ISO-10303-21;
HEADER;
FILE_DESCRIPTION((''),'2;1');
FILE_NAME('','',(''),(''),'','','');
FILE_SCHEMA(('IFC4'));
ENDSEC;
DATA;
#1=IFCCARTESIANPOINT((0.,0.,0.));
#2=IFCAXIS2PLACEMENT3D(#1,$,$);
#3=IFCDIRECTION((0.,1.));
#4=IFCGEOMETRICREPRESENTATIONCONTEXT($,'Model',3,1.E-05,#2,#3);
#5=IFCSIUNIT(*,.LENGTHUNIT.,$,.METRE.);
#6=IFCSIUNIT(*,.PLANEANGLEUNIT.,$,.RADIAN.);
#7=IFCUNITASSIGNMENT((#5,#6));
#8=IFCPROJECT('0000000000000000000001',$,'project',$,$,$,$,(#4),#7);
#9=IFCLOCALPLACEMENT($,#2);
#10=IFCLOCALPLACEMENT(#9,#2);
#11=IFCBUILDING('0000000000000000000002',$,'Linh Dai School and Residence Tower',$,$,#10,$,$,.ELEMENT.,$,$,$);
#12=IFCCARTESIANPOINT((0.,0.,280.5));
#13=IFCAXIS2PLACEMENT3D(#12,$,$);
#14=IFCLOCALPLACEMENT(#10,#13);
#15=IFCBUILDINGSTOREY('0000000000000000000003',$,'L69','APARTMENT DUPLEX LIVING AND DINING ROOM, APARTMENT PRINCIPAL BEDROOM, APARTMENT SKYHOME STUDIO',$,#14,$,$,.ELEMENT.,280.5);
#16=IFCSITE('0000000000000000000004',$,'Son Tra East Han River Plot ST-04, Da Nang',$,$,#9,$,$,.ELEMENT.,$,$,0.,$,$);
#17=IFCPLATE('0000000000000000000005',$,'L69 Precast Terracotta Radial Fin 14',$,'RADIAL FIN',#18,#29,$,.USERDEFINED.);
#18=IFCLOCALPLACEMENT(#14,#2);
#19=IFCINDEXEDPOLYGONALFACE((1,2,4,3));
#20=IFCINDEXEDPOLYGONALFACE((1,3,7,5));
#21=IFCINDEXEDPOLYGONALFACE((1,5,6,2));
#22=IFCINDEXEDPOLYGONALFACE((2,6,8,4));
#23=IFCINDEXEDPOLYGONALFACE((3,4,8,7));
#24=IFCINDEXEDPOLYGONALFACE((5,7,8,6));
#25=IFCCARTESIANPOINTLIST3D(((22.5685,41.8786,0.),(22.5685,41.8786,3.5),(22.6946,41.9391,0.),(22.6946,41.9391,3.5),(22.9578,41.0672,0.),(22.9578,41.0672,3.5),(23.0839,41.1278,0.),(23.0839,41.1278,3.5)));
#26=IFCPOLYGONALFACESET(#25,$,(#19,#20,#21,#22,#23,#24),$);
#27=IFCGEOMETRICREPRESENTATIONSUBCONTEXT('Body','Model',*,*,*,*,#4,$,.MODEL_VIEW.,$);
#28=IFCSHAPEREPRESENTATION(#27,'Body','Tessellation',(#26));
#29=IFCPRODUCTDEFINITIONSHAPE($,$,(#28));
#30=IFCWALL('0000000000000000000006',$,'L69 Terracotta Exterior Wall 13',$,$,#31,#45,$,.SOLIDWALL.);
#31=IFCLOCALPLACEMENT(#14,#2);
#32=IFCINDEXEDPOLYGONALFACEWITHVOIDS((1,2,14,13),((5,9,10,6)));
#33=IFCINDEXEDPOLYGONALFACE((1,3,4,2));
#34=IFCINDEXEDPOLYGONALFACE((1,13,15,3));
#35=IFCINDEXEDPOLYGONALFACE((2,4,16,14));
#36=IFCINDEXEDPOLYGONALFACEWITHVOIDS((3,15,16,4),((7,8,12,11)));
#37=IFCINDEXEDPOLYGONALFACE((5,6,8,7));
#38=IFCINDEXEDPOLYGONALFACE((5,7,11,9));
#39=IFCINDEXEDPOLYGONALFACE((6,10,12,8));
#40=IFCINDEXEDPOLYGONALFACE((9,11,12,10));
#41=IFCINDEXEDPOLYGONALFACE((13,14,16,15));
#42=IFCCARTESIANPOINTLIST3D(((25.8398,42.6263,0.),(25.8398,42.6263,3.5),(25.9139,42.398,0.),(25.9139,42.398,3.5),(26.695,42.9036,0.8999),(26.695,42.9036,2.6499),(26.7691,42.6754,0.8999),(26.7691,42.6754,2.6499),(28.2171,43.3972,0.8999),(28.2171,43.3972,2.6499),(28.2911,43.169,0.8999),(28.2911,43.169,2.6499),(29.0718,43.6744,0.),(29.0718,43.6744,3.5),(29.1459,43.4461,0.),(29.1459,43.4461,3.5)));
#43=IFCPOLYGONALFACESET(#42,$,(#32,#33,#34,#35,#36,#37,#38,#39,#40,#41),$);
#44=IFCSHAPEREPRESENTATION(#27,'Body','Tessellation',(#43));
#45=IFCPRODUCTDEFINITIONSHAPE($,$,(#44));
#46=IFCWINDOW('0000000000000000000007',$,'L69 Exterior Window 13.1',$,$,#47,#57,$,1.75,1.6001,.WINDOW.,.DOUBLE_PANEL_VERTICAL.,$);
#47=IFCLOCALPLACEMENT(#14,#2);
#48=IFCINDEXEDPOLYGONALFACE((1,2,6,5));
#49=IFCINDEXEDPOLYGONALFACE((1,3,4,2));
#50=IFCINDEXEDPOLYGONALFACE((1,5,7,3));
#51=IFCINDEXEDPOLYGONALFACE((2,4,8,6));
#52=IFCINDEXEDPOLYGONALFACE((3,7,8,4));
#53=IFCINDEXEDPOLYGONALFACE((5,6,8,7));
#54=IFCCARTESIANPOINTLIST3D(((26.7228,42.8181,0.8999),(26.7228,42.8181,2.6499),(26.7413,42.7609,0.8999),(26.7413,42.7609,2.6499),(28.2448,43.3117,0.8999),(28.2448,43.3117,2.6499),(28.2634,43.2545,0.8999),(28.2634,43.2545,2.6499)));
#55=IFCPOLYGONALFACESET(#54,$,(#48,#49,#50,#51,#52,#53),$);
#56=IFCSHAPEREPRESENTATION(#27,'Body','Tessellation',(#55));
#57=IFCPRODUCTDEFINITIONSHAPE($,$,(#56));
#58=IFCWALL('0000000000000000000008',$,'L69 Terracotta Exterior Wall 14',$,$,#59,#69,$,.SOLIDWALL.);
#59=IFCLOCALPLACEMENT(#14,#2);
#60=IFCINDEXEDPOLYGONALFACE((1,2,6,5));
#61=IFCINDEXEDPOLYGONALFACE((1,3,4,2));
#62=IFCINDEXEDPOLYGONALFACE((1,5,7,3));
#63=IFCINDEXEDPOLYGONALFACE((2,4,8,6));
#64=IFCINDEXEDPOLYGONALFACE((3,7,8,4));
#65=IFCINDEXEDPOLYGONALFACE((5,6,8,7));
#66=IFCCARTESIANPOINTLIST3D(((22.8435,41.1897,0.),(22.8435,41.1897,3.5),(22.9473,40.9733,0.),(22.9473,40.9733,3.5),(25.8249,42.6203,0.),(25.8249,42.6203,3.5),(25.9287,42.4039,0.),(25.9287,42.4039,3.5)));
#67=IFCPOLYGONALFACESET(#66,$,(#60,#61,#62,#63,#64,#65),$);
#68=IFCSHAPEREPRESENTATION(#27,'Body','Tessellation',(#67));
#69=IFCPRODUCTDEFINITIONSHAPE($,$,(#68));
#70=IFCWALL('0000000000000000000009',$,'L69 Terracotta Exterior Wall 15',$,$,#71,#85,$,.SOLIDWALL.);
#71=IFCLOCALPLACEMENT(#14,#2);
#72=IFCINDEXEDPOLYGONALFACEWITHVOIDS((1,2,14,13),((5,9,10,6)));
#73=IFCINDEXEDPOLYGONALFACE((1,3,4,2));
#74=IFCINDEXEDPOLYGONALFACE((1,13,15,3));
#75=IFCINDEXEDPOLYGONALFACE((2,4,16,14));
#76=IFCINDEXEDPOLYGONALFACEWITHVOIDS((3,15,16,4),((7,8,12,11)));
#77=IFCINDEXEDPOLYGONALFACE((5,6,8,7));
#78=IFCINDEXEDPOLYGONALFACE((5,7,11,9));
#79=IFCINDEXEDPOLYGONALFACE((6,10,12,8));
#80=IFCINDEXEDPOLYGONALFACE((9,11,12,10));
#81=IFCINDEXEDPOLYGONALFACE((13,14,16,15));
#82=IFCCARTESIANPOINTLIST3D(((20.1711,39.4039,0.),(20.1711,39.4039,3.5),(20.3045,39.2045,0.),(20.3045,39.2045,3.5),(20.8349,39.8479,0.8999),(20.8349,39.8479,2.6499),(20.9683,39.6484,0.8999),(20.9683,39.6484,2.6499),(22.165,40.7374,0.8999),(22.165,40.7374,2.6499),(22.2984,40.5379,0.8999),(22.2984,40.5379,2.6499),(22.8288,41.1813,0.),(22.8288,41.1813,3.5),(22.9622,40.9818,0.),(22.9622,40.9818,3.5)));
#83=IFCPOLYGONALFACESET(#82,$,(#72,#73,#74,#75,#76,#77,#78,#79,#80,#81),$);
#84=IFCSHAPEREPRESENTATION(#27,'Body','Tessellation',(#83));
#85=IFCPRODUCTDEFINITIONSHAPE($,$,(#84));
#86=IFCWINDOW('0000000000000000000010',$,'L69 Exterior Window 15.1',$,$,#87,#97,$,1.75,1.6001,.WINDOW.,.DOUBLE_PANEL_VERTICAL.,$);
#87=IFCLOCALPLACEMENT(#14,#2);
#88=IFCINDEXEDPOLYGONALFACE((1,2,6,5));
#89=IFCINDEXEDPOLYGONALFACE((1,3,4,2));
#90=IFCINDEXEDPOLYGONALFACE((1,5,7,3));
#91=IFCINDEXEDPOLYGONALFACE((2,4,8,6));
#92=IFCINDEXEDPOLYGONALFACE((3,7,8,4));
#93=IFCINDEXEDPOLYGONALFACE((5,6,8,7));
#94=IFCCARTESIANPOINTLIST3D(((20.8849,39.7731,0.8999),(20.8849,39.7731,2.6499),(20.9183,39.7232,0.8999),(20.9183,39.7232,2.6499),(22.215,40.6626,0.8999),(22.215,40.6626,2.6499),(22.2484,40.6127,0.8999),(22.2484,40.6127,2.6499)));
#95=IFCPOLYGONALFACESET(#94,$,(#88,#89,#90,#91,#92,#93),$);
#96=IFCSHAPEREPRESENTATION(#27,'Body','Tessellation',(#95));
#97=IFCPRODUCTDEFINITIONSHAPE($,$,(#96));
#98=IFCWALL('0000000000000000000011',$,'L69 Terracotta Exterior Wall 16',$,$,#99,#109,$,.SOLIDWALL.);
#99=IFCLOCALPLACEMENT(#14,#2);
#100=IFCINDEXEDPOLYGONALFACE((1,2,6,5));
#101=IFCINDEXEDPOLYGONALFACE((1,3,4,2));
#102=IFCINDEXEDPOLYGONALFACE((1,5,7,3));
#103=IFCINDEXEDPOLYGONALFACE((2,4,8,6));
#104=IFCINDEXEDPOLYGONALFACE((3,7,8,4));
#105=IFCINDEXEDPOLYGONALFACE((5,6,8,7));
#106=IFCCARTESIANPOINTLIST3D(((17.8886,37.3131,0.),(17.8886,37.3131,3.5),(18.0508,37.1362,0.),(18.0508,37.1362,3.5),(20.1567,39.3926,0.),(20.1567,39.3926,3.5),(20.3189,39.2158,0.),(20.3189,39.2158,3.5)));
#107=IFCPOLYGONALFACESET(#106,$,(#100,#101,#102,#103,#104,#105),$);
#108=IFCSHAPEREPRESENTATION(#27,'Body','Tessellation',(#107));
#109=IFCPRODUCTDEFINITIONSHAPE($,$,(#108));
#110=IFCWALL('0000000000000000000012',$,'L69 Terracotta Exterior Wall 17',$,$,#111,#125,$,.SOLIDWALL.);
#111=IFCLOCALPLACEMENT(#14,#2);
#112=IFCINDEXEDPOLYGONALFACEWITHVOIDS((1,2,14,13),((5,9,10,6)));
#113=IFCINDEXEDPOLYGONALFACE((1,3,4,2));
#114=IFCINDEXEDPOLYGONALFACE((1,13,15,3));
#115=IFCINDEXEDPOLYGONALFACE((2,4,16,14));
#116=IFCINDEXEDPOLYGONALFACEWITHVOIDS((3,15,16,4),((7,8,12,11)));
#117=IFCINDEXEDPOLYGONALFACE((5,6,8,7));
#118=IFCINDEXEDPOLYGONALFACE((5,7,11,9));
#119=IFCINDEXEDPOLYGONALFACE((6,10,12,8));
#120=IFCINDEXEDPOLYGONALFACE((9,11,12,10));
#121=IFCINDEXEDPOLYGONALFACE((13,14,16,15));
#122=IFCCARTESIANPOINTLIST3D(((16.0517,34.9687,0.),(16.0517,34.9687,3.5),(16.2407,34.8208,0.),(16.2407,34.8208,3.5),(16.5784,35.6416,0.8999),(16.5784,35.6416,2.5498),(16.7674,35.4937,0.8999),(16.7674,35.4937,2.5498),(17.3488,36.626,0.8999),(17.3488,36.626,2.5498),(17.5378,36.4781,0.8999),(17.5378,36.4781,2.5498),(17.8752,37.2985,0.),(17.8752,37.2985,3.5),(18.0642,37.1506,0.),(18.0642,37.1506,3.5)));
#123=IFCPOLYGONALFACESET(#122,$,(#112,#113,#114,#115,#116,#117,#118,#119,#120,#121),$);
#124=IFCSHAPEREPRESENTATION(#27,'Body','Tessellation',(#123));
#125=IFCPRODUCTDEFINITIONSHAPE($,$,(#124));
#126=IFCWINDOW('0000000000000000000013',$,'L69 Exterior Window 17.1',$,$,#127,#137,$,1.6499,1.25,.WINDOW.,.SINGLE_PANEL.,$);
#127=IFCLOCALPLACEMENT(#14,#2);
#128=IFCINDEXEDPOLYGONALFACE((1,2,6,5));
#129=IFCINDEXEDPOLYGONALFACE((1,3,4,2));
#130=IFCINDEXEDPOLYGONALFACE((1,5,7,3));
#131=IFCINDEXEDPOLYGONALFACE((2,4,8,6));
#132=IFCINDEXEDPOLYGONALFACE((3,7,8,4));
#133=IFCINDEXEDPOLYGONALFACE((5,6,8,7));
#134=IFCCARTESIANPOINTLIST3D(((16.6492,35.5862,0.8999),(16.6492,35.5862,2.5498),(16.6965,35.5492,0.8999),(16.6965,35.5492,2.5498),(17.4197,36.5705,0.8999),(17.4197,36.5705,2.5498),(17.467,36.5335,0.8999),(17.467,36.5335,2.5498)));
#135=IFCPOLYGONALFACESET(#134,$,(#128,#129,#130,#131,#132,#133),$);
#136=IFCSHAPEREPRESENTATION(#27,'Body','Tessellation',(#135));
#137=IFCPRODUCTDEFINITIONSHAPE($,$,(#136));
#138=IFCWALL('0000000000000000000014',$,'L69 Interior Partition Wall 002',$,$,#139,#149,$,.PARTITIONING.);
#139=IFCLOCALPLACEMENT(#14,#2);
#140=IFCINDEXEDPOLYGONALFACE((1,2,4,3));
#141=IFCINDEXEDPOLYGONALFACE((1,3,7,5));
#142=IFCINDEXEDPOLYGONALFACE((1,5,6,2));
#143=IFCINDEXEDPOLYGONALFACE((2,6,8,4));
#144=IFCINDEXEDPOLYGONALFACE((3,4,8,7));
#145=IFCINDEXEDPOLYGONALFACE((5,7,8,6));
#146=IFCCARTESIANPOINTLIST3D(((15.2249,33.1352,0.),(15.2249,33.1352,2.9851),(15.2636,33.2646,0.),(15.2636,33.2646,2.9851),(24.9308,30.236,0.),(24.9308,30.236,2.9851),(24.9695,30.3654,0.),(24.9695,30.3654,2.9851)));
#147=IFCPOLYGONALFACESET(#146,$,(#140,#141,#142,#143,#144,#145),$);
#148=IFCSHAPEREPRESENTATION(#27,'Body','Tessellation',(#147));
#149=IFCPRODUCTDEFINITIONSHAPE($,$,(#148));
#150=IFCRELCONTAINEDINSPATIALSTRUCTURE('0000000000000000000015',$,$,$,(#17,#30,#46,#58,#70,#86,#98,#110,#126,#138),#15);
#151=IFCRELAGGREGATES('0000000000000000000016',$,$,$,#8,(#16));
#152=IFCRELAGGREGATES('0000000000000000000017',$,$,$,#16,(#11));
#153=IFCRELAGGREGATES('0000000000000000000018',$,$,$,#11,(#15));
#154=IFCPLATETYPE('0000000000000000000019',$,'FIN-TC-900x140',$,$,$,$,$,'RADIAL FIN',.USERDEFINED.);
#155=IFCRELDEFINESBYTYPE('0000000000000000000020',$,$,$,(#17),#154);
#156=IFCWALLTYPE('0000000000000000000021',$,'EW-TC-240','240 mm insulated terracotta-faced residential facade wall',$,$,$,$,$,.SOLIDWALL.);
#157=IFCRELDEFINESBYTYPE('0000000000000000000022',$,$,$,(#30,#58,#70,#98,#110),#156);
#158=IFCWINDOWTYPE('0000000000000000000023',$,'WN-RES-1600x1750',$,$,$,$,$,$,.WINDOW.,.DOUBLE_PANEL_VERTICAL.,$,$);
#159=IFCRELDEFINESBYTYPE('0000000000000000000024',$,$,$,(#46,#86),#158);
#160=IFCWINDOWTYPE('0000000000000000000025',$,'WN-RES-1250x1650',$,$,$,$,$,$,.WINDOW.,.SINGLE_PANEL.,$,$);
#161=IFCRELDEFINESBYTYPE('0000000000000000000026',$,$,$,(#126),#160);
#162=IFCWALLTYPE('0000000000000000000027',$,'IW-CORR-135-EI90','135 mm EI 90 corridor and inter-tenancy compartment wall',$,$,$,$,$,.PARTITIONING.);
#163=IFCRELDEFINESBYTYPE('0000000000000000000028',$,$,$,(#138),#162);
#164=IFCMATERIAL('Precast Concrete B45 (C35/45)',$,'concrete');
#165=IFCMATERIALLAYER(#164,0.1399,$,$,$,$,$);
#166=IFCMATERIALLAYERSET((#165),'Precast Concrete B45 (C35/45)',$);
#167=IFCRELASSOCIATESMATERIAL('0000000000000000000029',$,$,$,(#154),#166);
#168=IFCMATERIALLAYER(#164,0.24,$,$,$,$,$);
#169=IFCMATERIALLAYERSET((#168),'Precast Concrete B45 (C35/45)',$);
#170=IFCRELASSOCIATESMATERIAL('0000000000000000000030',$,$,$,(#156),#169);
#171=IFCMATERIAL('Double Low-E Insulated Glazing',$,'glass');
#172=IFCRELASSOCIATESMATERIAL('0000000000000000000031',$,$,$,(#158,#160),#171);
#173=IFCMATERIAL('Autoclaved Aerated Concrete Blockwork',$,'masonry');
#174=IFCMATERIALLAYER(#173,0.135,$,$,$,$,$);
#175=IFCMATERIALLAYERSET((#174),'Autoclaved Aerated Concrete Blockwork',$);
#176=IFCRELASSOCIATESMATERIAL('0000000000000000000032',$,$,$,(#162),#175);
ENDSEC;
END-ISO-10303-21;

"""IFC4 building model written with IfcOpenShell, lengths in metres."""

from ifc_helpers import new_model, si_unit, direction, frame, frame_2d, origin, origin_2d, place, context, subcontext, project, spatial, rectangle, extrude, source, transform, mapped, material, layer, layer_set, type_object, element, fill, save


model = new_model("IFC4")

# Units and contexts
model_context = context("Model", 3, precision=1e-05, world=origin(), true_north=direction((0.0, 1.0)))
body_context = subcontext(model_context, "Body", "Model", "MODEL_VIEW")
ifc_project = project(units=[si_unit("LENGTHUNIT", "METRE"), si_unit("PLANEANGLEUNIT", "RADIAN")], contexts=[model_context])

# Site, building, storey
site_placement = place(None, origin())
site = spatial("IfcSite", under=ifc_project, at=site_placement, Name="Son Tra East Han River Plot ST-04, Da Nang", CompositionType="ELEMENT", RefElevation=0.0)
building_placement = place(site_placement, origin())
building = spatial("IfcBuilding", under=site, at=building_placement, Name="Linh Dai School and Residence Tower", CompositionType="ELEMENT")
storey_placement = place(building_placement, frame((0.0, 0.0, 280.5)))
storey = spatial("IfcBuildingStorey", under=building, at=storey_placement, Name="L69", Description="APARTMENT DUPLEX LIVING AND DINING ROOM, APARTMENT PRINCIPAL BEDROOM, APARTMENT SKYHOME STUDIO", CompositionType="ELEMENT", Elevation=280.5)

# Plate
ifc_material_1 = material(Name="Precast Concrete B45 (C35/45)", Category="concrete")
ifc_layer_1 = layer(ifc_material_1, 0.1399)
ifc_layer_set_1 = layer_set([ifc_layer_1], Name="Precast Concrete B45 (C35/45)")
plate_type = type_object("IfcPlateType", Name="FIN-TC-900x140", ElementType="RADIAL FIN", PredefinedType="USERDEFINED", material=ifc_layer_set_1)
shared_shape_1 = source(origin(), body_context, "Body", "SweptSolid", [
    extrude(rectangle(XDim=0.8999, YDim=0.1399, at=origin_2d()), origin(), (0.0, 0.0, 1.0), 3.5),
])
plate_placement = place(storey_placement, frame((22.8262, 41.5032, 0.0), z_axis=(0.0, 0.0, 1.0), x_axis=(-0.432612, 0.90158, 0.0)))
element("IfcPlate", 1, at=plate_placement, inside=storey, type_object=plate_type, Name="L69 Precast Terracotta Radial Fin 14", ObjectType="RADIAL FIN", PredefinedType="USERDEFINED", context=body_context, shape_type="MappedRepresentation", body=[
    mapped(shared_shape_1, transform((0.0, 0.0, 0.0), x_axis=(1.0, 0.0, 0.0), y_axis=(0.0, 1.0, 0.0), z_axis=(0.0, 0.0, 1.0), scale=1.0)),
])

# Wall, opening, window
ifc_layer_2 = layer(ifc_material_1, 0.24)
ifc_layer_set_2 = layer_set([ifc_layer_2], Name="Precast Concrete B45 (C35/45)")
wall_type_1 = type_object("IfcWallType", Name="EW-TC-240", Description="240 mm insulated terracotta-faced residential facade wall", PredefinedType="SOLIDWALL", material=ifc_layer_set_2)
wall_1_placement = place(storey_placement, frame((25.877, 42.5122, 0.0), z_axis=(0.0, 0.0, 1.0), x_axis=(0.951231, 0.308478, 0.0)))
wall_1 = element("IfcWall", 2, at=wall_1_placement, inside=storey, type_object=wall_type_1, Name="L69 Terracotta Exterior Wall 13", PredefinedType="SOLIDWALL", context=body_context, shape_type="SweptSolid", body=[
    extrude(rectangle(XDim=3.3977, YDim=0.24, at=frame_2d((1.6987, 0.0))), origin(), (0.0, 0.0, 1.0), 3.5),
])
opening_1_placement = place(wall_1_placement, frame((0.8989, 0.0, 0.8999)))
opening_1 = element("IfcOpeningElement", 3, at=opening_1_placement, cuts=wall_1, PredefinedType="OPENING", context=body_context, shape_type="SweptSolid", body=[
    extrude(rectangle(XDim=1.6001, YDim=1.75, at=origin_2d()), frame((0.8, 0.1299, 0.875), z_axis=(0.0, -1.0, 0.0), x_axis=(1.0, 0.0, 0.0)), (0.0, 0.0, 1.0), 0.26),
])
ifc_material_2 = material(Name="Double Low-E Insulated Glazing", Category="glass")
window_type_1 = type_object("IfcWindowType", Name="WN-RES-1600x1750", PartitioningType="DOUBLE_PANEL_VERTICAL", PredefinedType="WINDOW", material=ifc_material_2)
shared_shape_2 = source(origin(), body_context, "Body", "SweptSolid", [
    extrude(rectangle(XDim=1.6001, YDim=1.75, at=origin_2d()), frame((0.8, 0.03, 0.875), z_axis=(0.0, -1.0, 0.0), x_axis=(1.0, 0.0, 0.0)), (0.0, 0.0, 1.0), 0.0601),
])
window_1_placement = place(opening_1_placement, origin())
window_1 = element("IfcWindow", 4, at=window_1_placement, inside=storey, type_object=window_type_1, Name="L69 Exterior Window 13.1", OverallHeight=1.75, OverallWidth=1.6001, PartitioningType="DOUBLE_PANEL_VERTICAL", PredefinedType="WINDOW", context=body_context, shape_type="MappedRepresentation", body=[
    mapped(shared_shape_2, transform((0.0, 0.0, 0.0), x_axis=(1.0, 0.0, 0.0), y_axis=(0.0, 1.0, 0.0), z_axis=(0.0, 0.0, 1.0), scale=1.0)),
])
fill(opening_1, window_1)

# Wall
wall_2_placement = place(storey_placement, frame((22.8955, 41.0815, 0.0), z_axis=(0.0, 0.0, 1.0), x_axis=(0.901574, 0.432625, 0.0)))
element("IfcWall", 5, at=wall_2_placement, inside=storey, type_object=wall_type_1, Name="L69 Terracotta Exterior Wall 14", PredefinedType="SOLIDWALL", context=body_context, shape_type="SweptSolid", body=[
    extrude(rectangle(XDim=3.3069, YDim=0.24, at=frame_2d((1.6533, 0.0))), origin(), (0.0, 0.0, 1.0), 3.5),
])

# Wall, opening, window
wall_3_placement = place(storey_placement, frame((20.2378, 39.3042, 0.0), z_axis=(0.0, 0.0, 1.0), x_axis=(0.831251, 0.555898, 0.0)))
wall_3 = element("IfcWall", 6, at=wall_3_placement, inside=storey, type_object=wall_type_1, Name="L69 Terracotta Exterior Wall 15", PredefinedType="SOLIDWALL", context=body_context, shape_type="SweptSolid", body=[
    extrude(rectangle(XDim=3.1973, YDim=0.24, at=frame_2d((1.5986, 0.0))), origin(), (0.0, 0.0, 1.0), 3.5),
])
opening_2_placement = place(wall_3_placement, frame((0.7986, 0.0, 0.8999)))
opening_2 = element("IfcOpeningElement", 7, at=opening_2_placement, cuts=wall_3, PredefinedType="OPENING", context=body_context, shape_type="SweptSolid", body=[
    extrude(rectangle(XDim=1.6001, YDim=1.75, at=origin_2d()), frame((0.8, 0.1299, 0.875), z_axis=(0.0, -1.0, 0.0), x_axis=(1.0, 0.0, 0.0)), (0.0, 0.0, 1.0), 0.26),
])
window_2_placement = place(opening_2_placement, origin())
window_2 = element("IfcWindow", 8, at=window_2_placement, inside=storey, type_object=window_type_1, Name="L69 Exterior Window 15.1", OverallHeight=1.75, OverallWidth=1.6001, PartitioningType="DOUBLE_PANEL_VERTICAL", PredefinedType="WINDOW", context=body_context, shape_type="MappedRepresentation", body=[
    mapped(shared_shape_2, transform((0.0, 0.0, 0.0), x_axis=(1.0, 0.0, 0.0), y_axis=(0.0, 1.0, 0.0), z_axis=(0.0, 0.0, 1.0), scale=1.0)),
])
fill(opening_2, window_2)

# Wall
wall_4_placement = place(storey_placement, frame((17.9697, 37.2246, 0.0), z_axis=(0.0, 0.0, 1.0), x_axis=(0.737069, 0.675818, 0.0)))
element("IfcWall", 9, at=wall_4_placement, inside=storey, type_object=wall_type_1, Name="L69 Terracotta Exterior Wall 16", PredefinedType="SOLIDWALL", context=body_context, shape_type="SweptSolid", body=[
    extrude(rectangle(XDim=3.0771, YDim=0.24, at=frame_2d((1.5386, 0.0))), origin(), (0.0, 0.0, 1.0), 3.5),
])

# Wall, opening, window
wall_5_placement = place(storey_placement, frame((16.1462, 34.8948, 0.0), z_axis=(0.0, 0.0, 1.0), x_axis=(0.616337, 0.787482, 0.0)))
wall_5 = element("IfcWall", 10, at=wall_5_placement, inside=storey, type_object=wall_type_1, Name="L69 Terracotta Exterior Wall 17", PredefinedType="SOLIDWALL", context=body_context, shape_type="SweptSolid", body=[
    extrude(rectangle(XDim=2.9585, YDim=0.24, at=frame_2d((1.4792, 0.0))), origin(), (0.0, 0.0, 1.0), 3.5),
])
opening_3_placement = place(wall_5_placement, frame((0.8545, 0.0, 0.8999)))
opening_3 = element("IfcOpeningElement", 11, at=opening_3_placement, cuts=wall_5, PredefinedType="OPENING", context=body_context, shape_type="SweptSolid", body=[
    extrude(rectangle(XDim=1.25, YDim=1.6499, at=origin_2d()), frame((0.625, 0.1299, 0.825), z_axis=(0.0, -1.0, 0.0), x_axis=(1.0, 0.0, 0.0)), (0.0, 0.0, 1.0), 0.26),
])
window_type_2 = type_object("IfcWindowType", Name="WN-RES-1250x1650", PartitioningType="SINGLE_PANEL", PredefinedType="WINDOW", material=ifc_material_2)
shared_shape_3 = source(origin(), body_context, "Body", "SweptSolid", [
    extrude(rectangle(XDim=1.25, YDim=1.6499, at=origin_2d()), frame((0.625, 0.03, 0.825), z_axis=(0.0, -1.0, 0.0), x_axis=(1.0, 0.0, 0.0)), (0.0, 0.0, 1.0), 0.0601),
])
window_3_placement = place(opening_3_placement, origin())
window_3 = element("IfcWindow", 12, at=window_3_placement, inside=storey, type_object=window_type_2, Name="L69 Exterior Window 17.1", OverallHeight=1.6499, OverallWidth=1.25, PartitioningType="SINGLE_PANEL", PredefinedType="WINDOW", context=body_context, shape_type="MappedRepresentation", body=[
    mapped(shared_shape_3, transform((0.0, 0.0, 0.0), x_axis=(1.0, 0.0, 0.0), y_axis=(0.0, 1.0, 0.0), z_axis=(0.0, 0.0, 1.0), scale=1.0)),
])
fill(opening_3, window_3)

# Wall
ifc_material_3 = material(Name="Autoclaved Aerated Concrete Blockwork", Category="masonry")
ifc_layer_3 = layer(ifc_material_3, 0.135)
ifc_layer_set_3 = layer_set([ifc_layer_3], Name="Autoclaved Aerated Concrete Blockwork")
wall_type_2 = type_object("IfcWallType", Name="IW-CORR-135-EI90", Description="135 mm EI 90 corridor and inter-tenancy compartment wall", PredefinedType="PARTITIONING", material=ifc_layer_set_3)
wall_6_placement = place(storey_placement, frame((15.2441, 33.2, 0.0), z_axis=(0.0, 0.0, 1.0), x_axis=(0.958167, -0.286209, 0.0)))
element("IfcWall", 13, at=wall_6_placement, inside=storey, type_object=wall_type_2, Name="L69 Interior Partition Wall 002", PredefinedType="PARTITIONING", context=body_context, shape_type="SweptSolid", body=[
    extrude(rectangle(XDim=10.1296, YDim=0.135, at=frame_2d((5.0649, 0.0))), origin(), (0.0, 0.0, 1.0), 2.9851),
])

save(model, "model.ifc")
